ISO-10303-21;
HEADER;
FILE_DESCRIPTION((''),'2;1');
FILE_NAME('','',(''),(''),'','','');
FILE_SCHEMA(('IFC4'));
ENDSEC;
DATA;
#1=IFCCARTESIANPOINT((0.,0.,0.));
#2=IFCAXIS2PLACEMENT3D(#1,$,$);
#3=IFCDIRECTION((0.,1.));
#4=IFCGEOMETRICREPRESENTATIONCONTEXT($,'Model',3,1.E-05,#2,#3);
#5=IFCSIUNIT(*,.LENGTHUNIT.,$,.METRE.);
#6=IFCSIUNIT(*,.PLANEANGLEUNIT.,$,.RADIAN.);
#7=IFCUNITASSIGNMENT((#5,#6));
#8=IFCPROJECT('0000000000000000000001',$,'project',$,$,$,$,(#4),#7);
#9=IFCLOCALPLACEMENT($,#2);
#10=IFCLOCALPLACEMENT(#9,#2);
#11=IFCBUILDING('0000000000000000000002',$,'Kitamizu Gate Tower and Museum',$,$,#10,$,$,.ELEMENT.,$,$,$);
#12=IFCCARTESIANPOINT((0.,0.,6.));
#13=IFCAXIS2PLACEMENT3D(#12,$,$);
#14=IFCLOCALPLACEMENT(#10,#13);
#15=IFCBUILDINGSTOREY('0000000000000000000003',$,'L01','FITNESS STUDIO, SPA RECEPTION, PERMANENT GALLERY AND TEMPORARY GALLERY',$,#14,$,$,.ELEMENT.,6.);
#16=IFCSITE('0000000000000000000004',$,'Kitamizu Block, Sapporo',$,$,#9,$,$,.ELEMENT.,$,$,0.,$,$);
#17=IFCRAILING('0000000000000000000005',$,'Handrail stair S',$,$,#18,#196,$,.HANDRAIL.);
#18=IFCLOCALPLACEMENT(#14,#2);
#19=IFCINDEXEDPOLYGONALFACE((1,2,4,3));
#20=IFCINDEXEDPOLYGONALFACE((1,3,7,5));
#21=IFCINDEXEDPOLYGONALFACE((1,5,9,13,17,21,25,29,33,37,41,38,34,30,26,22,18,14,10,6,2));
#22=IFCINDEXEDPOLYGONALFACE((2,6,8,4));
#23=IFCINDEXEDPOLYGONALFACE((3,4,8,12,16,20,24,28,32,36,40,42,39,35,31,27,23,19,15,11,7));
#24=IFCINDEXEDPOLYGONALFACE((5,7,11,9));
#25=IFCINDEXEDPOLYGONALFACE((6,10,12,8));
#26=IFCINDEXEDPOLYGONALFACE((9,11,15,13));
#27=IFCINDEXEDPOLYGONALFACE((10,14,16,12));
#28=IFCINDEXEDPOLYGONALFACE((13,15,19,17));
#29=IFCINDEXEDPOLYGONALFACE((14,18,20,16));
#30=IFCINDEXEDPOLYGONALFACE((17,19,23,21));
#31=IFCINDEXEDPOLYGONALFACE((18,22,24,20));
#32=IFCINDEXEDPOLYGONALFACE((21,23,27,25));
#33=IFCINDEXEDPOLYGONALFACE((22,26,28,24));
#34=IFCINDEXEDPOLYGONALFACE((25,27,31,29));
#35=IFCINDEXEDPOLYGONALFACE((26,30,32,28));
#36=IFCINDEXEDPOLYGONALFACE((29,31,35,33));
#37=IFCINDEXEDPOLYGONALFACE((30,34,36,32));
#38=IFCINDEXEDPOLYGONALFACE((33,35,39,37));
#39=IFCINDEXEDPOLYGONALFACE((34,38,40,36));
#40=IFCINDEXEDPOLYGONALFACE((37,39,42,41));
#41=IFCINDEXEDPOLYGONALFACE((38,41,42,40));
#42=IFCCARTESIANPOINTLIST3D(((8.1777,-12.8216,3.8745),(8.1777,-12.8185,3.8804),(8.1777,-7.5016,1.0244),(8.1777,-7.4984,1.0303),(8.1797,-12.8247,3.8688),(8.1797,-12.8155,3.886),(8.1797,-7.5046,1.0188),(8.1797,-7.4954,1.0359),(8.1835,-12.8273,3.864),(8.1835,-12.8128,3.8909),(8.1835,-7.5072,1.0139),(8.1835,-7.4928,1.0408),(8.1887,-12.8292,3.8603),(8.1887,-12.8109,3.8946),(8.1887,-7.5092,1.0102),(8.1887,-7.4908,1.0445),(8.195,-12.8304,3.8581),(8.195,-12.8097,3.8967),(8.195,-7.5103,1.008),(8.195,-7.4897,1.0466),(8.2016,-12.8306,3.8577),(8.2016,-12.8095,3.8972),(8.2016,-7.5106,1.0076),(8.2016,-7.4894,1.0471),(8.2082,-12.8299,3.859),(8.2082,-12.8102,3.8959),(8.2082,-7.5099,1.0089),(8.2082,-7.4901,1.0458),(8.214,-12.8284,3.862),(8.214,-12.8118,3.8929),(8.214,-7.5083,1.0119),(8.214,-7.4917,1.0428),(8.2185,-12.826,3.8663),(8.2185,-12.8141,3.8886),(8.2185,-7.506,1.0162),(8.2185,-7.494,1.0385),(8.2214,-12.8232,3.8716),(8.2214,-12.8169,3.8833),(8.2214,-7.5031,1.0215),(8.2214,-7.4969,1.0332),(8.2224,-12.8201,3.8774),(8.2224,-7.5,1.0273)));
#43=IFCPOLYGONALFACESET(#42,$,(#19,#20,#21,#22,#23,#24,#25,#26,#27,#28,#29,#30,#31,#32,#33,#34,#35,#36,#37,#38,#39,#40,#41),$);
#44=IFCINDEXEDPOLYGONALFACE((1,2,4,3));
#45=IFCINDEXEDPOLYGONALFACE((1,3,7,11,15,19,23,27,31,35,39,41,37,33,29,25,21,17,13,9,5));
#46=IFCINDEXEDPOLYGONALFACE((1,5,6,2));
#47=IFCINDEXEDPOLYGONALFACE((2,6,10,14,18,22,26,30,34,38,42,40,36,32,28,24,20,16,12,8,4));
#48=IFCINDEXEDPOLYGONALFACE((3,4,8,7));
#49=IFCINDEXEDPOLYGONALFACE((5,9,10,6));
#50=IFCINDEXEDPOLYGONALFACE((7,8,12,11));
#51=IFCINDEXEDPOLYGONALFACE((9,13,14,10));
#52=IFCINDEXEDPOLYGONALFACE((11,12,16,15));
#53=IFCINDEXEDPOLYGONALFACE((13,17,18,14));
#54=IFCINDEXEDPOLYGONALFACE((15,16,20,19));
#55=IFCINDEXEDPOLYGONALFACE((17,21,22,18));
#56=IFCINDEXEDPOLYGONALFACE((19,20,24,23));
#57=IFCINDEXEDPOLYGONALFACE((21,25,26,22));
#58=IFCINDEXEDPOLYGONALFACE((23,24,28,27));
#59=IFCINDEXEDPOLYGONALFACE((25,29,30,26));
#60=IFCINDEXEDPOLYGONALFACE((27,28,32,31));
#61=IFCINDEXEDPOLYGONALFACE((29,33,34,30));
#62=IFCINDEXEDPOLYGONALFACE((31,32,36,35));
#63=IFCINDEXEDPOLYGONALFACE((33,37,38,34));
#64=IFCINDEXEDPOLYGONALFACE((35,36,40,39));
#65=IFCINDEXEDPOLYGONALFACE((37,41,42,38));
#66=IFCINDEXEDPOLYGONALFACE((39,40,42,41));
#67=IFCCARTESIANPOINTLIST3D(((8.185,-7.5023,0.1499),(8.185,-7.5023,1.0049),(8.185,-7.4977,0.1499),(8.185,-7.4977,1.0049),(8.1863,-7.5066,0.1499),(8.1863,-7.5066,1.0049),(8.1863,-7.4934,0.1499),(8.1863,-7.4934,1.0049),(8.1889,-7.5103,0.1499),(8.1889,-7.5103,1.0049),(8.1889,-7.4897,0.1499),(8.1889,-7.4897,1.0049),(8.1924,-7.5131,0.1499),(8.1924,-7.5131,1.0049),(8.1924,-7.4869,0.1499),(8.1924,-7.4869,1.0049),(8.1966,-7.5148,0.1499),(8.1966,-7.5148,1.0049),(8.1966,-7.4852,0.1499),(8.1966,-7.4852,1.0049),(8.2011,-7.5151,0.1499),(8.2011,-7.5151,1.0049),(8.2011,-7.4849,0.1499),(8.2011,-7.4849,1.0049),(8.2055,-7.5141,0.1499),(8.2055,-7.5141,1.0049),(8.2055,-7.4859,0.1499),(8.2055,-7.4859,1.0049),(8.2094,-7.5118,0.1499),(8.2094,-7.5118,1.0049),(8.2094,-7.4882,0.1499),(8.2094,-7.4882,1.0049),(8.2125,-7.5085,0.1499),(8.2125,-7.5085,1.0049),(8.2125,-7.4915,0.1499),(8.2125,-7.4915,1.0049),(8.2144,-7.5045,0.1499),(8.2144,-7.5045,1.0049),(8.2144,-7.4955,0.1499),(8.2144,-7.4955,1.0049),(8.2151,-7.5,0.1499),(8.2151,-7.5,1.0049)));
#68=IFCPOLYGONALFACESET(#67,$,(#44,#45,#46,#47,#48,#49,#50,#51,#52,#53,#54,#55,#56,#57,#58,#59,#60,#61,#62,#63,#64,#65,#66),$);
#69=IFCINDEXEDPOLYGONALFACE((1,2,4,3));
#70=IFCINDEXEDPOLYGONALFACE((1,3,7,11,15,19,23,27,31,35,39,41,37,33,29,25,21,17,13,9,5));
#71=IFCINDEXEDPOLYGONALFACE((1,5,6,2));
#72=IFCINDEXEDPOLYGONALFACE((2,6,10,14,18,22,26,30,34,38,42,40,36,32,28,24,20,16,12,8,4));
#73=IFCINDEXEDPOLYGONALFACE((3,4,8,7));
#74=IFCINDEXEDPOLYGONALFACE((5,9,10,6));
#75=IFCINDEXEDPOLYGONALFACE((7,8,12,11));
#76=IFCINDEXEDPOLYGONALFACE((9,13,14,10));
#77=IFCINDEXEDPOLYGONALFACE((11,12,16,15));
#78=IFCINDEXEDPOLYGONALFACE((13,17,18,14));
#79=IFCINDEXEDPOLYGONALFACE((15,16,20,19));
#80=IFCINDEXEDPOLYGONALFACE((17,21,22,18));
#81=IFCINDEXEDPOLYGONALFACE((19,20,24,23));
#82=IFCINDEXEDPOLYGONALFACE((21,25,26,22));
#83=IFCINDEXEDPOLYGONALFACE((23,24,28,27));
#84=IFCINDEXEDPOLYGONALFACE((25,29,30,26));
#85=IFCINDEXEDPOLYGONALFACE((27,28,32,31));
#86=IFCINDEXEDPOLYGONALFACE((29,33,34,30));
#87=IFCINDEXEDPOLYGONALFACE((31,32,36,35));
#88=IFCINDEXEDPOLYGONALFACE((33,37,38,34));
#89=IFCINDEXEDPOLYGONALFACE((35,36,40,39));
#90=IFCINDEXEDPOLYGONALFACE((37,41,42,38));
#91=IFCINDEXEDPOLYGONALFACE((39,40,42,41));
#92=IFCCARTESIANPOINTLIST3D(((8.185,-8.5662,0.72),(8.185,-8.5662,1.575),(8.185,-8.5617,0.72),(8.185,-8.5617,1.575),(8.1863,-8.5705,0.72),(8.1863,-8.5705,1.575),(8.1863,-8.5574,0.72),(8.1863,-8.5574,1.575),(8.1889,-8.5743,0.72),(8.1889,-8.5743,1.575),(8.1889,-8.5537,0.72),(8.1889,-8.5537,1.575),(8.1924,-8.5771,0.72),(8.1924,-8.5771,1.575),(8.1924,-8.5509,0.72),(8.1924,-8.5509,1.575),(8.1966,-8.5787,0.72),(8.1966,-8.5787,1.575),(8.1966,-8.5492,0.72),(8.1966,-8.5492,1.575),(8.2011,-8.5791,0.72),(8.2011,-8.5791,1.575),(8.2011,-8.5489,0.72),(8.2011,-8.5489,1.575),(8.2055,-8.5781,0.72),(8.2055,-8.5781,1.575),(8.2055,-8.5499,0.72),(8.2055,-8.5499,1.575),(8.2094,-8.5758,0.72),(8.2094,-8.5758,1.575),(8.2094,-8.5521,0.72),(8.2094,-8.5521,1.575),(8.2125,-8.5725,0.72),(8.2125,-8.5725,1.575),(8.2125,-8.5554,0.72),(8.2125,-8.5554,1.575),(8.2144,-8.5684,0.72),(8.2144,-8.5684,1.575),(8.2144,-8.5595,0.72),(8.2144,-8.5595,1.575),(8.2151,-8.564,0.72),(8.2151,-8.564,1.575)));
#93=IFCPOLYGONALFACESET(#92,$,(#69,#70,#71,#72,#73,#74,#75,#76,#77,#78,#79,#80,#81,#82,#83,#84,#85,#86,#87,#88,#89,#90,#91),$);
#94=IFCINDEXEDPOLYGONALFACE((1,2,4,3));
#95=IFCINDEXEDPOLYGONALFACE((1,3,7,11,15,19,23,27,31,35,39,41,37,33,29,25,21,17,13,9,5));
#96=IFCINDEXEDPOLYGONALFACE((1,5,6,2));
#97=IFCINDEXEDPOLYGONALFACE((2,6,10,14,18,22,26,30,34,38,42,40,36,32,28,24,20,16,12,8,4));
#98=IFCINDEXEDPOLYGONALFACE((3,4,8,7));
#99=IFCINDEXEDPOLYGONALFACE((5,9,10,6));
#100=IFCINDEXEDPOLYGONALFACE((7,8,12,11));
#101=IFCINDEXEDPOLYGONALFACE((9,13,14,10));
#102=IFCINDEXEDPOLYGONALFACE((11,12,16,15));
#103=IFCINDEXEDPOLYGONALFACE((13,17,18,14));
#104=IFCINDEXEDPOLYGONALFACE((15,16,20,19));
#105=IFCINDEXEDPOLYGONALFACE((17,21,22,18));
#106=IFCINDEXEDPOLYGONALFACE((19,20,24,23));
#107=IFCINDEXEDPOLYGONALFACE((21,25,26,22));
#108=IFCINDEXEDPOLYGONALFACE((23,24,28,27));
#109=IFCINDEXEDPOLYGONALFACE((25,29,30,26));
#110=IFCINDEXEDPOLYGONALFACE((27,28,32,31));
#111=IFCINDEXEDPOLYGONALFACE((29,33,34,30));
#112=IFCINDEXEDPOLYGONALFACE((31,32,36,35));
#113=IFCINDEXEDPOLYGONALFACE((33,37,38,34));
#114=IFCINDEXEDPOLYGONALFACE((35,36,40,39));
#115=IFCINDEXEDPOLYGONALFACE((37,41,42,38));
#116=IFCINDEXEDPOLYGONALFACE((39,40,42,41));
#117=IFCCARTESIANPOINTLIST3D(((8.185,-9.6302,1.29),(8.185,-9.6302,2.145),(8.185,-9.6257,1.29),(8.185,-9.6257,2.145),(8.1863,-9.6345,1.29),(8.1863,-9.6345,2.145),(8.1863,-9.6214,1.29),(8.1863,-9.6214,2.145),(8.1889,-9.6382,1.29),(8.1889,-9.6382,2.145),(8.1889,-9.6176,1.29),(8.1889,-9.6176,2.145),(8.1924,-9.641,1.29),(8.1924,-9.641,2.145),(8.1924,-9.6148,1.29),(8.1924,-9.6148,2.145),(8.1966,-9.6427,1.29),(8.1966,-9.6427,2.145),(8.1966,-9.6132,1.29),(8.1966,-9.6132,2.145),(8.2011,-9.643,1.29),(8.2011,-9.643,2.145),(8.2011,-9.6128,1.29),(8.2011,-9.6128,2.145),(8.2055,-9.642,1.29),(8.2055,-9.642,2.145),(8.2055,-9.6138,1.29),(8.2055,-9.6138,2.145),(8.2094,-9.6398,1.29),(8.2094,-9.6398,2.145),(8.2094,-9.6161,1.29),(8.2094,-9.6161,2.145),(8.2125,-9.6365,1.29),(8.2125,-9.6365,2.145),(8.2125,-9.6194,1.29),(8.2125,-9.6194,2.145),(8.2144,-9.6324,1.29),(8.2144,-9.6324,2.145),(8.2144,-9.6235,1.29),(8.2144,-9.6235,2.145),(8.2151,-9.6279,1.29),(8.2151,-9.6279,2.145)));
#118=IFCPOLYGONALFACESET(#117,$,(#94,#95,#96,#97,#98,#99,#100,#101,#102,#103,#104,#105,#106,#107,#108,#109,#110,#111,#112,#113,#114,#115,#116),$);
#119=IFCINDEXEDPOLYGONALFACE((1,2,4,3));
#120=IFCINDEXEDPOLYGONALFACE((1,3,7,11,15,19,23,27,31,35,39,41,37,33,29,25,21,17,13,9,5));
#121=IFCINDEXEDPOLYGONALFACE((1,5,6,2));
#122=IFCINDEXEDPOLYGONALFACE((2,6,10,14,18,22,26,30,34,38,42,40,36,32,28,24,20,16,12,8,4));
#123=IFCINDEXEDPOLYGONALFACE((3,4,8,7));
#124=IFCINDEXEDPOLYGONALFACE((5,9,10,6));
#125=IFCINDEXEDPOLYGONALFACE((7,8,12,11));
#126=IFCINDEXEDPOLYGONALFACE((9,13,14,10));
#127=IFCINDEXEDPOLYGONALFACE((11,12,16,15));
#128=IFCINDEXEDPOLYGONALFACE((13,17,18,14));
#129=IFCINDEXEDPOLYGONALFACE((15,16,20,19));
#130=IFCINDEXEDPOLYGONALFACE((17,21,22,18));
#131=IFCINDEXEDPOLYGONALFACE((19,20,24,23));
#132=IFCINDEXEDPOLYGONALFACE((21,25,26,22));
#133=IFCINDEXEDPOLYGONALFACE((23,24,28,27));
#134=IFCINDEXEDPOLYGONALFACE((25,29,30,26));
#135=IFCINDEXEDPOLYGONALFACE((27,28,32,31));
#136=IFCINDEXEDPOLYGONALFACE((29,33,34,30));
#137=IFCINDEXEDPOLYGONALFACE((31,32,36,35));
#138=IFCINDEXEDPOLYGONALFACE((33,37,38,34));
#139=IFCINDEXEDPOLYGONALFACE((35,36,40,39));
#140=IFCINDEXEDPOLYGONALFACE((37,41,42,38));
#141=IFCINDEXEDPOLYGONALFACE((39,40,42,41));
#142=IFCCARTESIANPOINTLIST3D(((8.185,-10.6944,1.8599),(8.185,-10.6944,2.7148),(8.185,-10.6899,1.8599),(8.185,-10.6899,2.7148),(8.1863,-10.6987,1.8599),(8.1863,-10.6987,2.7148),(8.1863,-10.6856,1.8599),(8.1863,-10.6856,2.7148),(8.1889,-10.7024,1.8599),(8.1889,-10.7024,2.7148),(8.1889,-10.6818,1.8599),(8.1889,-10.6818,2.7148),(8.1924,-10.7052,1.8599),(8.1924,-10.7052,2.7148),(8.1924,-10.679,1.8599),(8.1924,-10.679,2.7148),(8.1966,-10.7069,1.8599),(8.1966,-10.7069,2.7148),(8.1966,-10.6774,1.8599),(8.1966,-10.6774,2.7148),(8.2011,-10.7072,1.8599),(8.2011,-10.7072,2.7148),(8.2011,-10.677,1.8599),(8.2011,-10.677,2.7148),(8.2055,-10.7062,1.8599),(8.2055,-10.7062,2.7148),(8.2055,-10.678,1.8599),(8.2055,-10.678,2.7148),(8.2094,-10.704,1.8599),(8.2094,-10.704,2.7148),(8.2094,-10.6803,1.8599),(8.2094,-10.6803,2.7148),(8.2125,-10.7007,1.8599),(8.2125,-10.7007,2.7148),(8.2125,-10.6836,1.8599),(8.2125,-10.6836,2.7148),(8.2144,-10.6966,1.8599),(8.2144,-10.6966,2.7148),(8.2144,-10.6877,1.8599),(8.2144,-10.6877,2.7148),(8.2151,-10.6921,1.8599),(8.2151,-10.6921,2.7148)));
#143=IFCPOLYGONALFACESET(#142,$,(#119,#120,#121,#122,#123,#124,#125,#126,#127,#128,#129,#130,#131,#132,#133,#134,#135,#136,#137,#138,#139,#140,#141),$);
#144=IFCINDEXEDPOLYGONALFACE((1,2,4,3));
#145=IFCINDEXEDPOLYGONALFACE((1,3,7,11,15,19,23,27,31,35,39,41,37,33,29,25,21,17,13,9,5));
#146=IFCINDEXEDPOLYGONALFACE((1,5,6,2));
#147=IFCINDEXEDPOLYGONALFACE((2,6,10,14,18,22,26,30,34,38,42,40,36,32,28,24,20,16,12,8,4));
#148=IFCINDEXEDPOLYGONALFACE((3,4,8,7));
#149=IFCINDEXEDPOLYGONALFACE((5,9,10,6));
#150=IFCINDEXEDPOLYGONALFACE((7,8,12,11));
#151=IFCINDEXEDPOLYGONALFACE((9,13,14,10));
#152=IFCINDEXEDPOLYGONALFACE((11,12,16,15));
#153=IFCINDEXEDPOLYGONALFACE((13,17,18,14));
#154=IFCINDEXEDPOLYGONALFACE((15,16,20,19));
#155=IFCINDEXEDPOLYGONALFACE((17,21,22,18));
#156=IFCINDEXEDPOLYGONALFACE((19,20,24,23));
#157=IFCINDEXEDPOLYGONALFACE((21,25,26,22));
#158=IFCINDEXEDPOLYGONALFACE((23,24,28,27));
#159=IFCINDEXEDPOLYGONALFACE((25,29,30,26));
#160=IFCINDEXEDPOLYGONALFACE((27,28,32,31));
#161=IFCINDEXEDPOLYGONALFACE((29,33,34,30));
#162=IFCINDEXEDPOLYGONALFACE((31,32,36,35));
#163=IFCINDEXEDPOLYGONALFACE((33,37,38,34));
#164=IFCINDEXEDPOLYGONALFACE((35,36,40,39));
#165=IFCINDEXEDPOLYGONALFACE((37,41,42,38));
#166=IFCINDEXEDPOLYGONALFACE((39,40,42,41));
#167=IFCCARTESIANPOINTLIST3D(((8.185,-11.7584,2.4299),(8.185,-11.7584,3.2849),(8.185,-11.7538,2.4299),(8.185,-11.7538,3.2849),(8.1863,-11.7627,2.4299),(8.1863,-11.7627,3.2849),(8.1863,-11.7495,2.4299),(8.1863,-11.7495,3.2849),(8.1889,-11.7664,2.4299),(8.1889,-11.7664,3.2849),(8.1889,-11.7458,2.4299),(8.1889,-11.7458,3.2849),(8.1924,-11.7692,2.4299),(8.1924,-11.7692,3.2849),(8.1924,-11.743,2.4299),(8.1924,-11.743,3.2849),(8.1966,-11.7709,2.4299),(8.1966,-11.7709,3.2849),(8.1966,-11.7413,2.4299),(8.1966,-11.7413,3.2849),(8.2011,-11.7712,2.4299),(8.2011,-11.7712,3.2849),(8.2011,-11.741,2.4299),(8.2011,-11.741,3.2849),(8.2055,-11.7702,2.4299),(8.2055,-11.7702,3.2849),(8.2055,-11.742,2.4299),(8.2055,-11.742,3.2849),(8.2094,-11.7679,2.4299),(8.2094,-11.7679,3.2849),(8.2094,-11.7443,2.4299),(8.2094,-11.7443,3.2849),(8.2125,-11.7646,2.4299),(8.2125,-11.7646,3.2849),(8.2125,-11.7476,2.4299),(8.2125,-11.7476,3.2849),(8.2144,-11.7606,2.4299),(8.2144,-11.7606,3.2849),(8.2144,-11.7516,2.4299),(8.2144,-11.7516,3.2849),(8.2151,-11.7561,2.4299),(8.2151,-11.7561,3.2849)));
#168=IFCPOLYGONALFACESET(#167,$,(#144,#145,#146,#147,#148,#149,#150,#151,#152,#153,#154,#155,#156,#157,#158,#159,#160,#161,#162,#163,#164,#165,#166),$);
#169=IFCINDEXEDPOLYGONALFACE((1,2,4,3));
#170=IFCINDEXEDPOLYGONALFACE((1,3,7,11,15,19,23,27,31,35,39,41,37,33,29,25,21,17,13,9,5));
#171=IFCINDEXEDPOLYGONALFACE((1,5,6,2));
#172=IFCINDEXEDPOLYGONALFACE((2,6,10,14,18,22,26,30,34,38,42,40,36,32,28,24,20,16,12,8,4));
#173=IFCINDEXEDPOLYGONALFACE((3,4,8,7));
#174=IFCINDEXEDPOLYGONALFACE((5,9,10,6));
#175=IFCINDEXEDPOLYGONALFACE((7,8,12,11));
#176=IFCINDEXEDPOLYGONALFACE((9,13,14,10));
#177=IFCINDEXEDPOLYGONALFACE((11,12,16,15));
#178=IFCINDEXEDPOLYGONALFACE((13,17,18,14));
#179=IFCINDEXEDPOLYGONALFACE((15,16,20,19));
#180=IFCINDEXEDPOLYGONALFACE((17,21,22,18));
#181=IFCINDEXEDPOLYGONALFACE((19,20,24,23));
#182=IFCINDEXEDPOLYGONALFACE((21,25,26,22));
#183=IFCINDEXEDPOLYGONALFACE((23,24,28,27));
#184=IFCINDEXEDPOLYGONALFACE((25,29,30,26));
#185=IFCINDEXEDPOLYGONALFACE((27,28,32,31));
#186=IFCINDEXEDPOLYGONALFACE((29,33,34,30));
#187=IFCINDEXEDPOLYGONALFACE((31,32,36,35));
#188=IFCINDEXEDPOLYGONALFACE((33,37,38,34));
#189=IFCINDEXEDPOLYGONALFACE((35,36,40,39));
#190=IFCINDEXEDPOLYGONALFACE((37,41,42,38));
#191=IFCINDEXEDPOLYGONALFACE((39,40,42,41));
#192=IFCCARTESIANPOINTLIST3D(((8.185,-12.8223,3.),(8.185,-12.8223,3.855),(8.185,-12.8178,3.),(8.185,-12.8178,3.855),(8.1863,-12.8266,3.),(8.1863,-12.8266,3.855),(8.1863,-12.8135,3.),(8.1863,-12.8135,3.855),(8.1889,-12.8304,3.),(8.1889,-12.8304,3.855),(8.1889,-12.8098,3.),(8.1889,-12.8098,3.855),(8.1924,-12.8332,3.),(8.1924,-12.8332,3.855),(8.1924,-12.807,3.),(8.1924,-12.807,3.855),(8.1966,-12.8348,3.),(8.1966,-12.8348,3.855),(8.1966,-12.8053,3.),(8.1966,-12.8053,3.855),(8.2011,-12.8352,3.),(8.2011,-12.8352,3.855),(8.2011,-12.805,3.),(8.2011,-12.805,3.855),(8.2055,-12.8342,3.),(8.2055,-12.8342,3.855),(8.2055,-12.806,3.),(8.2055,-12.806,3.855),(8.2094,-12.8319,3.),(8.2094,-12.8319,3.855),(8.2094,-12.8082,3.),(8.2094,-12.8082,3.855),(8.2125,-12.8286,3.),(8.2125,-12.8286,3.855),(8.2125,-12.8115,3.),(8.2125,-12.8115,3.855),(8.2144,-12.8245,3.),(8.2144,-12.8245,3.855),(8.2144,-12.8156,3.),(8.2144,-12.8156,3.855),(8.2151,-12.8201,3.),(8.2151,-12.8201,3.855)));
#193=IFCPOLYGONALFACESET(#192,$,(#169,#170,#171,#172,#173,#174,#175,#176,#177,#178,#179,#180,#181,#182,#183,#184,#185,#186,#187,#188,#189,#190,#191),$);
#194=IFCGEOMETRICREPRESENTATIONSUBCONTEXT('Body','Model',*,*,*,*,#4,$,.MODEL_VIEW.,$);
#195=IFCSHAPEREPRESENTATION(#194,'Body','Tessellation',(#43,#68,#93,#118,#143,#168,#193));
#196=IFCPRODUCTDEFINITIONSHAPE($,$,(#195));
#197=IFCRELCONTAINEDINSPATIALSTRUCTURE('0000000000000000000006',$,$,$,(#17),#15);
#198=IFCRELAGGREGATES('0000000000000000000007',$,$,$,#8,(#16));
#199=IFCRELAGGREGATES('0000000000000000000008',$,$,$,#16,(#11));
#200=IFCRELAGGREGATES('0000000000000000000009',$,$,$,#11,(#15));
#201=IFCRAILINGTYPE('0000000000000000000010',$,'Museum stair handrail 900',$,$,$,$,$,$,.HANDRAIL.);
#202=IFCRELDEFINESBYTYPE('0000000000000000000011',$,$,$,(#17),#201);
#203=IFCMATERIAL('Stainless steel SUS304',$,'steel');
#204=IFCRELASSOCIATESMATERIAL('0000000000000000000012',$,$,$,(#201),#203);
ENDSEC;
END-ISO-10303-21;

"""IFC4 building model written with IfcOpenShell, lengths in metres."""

from ifc_helpers import new_model, si_unit, direction, frame, origin, origin_2d, place, context, subcontext, project, spatial, circle, extrude, material, type_object, element, save


model = new_model("IFC4")

# Units and contexts
model_context = context("Model", 3, precision=1e-05, world=origin(), true_north=direction((0.0, 1.0)))
body_context = subcontext(model_context, "Body", "Model", "MODEL_VIEW")
ifc_project = project(units=[si_unit("LENGTHUNIT", "METRE"), si_unit("PLANEANGLEUNIT", "RADIAN")], contexts=[model_context])

# Site, building, storey
site_placement = place(None, origin())
site = spatial("IfcSite", under=ifc_project, at=site_placement, Name="Kitamizu Block, Sapporo", CompositionType="ELEMENT", RefElevation=0.0)
building_placement = place(site_placement, origin())
building = spatial("IfcBuilding", under=site, at=building_placement, Name="Kitamizu Gate Tower and Museum", CompositionType="ELEMENT")
storey_placement = place(building_placement, frame((0.0, 0.0, 6.0)))
storey = spatial("IfcBuildingStorey", under=building, at=storey_placement, Name="L01", Description="FITNESS STUDIO, SPA RECEPTION, PERMANENT GALLERY AND TEMPORARY GALLERY", CompositionType="ELEMENT", Elevation=6.0)

# Railing
ifc_material_1 = material(Name="Stainless steel SUS304", Category="steel")
railing_type = type_object("IfcRailingType", Name="Museum stair handrail 900", PredefinedType="HANDRAIL", material=ifc_material_1)
for number, where, name in (
    (1, (8.2, -7.5, 0.1499), "Handrail stair S"),
):
    element("IfcRailing", number, at=place(storey_placement, frame(where)), inside=storey, type_object=railing_type, Name=name, PredefinedType="HANDRAIL", context=body_context, shape_type="SweptSolid", body=[
        extrude(circle(Radius=0.0225, at=origin_2d()), frame((0.0, 0.0, 0.8774), z_axis=(0.0, -0.881476, 0.472229), x_axis=(1.0, 0.0, 0.0)), (0.0, 0.0, 1.0), 6.0354),
        extrude(circle(Radius=0.0151, at=origin_2d()), origin(), (0.0, 0.0, 1.0), 0.855),
        extrude(circle(Radius=0.0151, at=origin_2d()), frame((0.0, -1.064, 0.5701)), (0.0, 0.0, 1.0), 0.855),
        extrude(circle(Radius=0.0151, at=origin_2d()), frame((0.0, -2.1279, 1.1401)), (0.0, 0.0, 1.0), 0.855),
        extrude(circle(Radius=0.0151, at=origin_2d()), frame((0.0, -3.1921, 1.71)), (0.0, 0.0, 1.0), 0.855),
        extrude(circle(Radius=0.0151, at=origin_2d()), frame((0.0, -4.2561, 2.28)), (0.0, 0.0, 1.0), 0.855),
        extrude(circle(Radius=0.0151, at=origin_2d()), frame((0.0, -5.3201, 2.8501)), (0.0, 0.0, 1.0), 0.855),
    ])

save(model, "model.ifc")
